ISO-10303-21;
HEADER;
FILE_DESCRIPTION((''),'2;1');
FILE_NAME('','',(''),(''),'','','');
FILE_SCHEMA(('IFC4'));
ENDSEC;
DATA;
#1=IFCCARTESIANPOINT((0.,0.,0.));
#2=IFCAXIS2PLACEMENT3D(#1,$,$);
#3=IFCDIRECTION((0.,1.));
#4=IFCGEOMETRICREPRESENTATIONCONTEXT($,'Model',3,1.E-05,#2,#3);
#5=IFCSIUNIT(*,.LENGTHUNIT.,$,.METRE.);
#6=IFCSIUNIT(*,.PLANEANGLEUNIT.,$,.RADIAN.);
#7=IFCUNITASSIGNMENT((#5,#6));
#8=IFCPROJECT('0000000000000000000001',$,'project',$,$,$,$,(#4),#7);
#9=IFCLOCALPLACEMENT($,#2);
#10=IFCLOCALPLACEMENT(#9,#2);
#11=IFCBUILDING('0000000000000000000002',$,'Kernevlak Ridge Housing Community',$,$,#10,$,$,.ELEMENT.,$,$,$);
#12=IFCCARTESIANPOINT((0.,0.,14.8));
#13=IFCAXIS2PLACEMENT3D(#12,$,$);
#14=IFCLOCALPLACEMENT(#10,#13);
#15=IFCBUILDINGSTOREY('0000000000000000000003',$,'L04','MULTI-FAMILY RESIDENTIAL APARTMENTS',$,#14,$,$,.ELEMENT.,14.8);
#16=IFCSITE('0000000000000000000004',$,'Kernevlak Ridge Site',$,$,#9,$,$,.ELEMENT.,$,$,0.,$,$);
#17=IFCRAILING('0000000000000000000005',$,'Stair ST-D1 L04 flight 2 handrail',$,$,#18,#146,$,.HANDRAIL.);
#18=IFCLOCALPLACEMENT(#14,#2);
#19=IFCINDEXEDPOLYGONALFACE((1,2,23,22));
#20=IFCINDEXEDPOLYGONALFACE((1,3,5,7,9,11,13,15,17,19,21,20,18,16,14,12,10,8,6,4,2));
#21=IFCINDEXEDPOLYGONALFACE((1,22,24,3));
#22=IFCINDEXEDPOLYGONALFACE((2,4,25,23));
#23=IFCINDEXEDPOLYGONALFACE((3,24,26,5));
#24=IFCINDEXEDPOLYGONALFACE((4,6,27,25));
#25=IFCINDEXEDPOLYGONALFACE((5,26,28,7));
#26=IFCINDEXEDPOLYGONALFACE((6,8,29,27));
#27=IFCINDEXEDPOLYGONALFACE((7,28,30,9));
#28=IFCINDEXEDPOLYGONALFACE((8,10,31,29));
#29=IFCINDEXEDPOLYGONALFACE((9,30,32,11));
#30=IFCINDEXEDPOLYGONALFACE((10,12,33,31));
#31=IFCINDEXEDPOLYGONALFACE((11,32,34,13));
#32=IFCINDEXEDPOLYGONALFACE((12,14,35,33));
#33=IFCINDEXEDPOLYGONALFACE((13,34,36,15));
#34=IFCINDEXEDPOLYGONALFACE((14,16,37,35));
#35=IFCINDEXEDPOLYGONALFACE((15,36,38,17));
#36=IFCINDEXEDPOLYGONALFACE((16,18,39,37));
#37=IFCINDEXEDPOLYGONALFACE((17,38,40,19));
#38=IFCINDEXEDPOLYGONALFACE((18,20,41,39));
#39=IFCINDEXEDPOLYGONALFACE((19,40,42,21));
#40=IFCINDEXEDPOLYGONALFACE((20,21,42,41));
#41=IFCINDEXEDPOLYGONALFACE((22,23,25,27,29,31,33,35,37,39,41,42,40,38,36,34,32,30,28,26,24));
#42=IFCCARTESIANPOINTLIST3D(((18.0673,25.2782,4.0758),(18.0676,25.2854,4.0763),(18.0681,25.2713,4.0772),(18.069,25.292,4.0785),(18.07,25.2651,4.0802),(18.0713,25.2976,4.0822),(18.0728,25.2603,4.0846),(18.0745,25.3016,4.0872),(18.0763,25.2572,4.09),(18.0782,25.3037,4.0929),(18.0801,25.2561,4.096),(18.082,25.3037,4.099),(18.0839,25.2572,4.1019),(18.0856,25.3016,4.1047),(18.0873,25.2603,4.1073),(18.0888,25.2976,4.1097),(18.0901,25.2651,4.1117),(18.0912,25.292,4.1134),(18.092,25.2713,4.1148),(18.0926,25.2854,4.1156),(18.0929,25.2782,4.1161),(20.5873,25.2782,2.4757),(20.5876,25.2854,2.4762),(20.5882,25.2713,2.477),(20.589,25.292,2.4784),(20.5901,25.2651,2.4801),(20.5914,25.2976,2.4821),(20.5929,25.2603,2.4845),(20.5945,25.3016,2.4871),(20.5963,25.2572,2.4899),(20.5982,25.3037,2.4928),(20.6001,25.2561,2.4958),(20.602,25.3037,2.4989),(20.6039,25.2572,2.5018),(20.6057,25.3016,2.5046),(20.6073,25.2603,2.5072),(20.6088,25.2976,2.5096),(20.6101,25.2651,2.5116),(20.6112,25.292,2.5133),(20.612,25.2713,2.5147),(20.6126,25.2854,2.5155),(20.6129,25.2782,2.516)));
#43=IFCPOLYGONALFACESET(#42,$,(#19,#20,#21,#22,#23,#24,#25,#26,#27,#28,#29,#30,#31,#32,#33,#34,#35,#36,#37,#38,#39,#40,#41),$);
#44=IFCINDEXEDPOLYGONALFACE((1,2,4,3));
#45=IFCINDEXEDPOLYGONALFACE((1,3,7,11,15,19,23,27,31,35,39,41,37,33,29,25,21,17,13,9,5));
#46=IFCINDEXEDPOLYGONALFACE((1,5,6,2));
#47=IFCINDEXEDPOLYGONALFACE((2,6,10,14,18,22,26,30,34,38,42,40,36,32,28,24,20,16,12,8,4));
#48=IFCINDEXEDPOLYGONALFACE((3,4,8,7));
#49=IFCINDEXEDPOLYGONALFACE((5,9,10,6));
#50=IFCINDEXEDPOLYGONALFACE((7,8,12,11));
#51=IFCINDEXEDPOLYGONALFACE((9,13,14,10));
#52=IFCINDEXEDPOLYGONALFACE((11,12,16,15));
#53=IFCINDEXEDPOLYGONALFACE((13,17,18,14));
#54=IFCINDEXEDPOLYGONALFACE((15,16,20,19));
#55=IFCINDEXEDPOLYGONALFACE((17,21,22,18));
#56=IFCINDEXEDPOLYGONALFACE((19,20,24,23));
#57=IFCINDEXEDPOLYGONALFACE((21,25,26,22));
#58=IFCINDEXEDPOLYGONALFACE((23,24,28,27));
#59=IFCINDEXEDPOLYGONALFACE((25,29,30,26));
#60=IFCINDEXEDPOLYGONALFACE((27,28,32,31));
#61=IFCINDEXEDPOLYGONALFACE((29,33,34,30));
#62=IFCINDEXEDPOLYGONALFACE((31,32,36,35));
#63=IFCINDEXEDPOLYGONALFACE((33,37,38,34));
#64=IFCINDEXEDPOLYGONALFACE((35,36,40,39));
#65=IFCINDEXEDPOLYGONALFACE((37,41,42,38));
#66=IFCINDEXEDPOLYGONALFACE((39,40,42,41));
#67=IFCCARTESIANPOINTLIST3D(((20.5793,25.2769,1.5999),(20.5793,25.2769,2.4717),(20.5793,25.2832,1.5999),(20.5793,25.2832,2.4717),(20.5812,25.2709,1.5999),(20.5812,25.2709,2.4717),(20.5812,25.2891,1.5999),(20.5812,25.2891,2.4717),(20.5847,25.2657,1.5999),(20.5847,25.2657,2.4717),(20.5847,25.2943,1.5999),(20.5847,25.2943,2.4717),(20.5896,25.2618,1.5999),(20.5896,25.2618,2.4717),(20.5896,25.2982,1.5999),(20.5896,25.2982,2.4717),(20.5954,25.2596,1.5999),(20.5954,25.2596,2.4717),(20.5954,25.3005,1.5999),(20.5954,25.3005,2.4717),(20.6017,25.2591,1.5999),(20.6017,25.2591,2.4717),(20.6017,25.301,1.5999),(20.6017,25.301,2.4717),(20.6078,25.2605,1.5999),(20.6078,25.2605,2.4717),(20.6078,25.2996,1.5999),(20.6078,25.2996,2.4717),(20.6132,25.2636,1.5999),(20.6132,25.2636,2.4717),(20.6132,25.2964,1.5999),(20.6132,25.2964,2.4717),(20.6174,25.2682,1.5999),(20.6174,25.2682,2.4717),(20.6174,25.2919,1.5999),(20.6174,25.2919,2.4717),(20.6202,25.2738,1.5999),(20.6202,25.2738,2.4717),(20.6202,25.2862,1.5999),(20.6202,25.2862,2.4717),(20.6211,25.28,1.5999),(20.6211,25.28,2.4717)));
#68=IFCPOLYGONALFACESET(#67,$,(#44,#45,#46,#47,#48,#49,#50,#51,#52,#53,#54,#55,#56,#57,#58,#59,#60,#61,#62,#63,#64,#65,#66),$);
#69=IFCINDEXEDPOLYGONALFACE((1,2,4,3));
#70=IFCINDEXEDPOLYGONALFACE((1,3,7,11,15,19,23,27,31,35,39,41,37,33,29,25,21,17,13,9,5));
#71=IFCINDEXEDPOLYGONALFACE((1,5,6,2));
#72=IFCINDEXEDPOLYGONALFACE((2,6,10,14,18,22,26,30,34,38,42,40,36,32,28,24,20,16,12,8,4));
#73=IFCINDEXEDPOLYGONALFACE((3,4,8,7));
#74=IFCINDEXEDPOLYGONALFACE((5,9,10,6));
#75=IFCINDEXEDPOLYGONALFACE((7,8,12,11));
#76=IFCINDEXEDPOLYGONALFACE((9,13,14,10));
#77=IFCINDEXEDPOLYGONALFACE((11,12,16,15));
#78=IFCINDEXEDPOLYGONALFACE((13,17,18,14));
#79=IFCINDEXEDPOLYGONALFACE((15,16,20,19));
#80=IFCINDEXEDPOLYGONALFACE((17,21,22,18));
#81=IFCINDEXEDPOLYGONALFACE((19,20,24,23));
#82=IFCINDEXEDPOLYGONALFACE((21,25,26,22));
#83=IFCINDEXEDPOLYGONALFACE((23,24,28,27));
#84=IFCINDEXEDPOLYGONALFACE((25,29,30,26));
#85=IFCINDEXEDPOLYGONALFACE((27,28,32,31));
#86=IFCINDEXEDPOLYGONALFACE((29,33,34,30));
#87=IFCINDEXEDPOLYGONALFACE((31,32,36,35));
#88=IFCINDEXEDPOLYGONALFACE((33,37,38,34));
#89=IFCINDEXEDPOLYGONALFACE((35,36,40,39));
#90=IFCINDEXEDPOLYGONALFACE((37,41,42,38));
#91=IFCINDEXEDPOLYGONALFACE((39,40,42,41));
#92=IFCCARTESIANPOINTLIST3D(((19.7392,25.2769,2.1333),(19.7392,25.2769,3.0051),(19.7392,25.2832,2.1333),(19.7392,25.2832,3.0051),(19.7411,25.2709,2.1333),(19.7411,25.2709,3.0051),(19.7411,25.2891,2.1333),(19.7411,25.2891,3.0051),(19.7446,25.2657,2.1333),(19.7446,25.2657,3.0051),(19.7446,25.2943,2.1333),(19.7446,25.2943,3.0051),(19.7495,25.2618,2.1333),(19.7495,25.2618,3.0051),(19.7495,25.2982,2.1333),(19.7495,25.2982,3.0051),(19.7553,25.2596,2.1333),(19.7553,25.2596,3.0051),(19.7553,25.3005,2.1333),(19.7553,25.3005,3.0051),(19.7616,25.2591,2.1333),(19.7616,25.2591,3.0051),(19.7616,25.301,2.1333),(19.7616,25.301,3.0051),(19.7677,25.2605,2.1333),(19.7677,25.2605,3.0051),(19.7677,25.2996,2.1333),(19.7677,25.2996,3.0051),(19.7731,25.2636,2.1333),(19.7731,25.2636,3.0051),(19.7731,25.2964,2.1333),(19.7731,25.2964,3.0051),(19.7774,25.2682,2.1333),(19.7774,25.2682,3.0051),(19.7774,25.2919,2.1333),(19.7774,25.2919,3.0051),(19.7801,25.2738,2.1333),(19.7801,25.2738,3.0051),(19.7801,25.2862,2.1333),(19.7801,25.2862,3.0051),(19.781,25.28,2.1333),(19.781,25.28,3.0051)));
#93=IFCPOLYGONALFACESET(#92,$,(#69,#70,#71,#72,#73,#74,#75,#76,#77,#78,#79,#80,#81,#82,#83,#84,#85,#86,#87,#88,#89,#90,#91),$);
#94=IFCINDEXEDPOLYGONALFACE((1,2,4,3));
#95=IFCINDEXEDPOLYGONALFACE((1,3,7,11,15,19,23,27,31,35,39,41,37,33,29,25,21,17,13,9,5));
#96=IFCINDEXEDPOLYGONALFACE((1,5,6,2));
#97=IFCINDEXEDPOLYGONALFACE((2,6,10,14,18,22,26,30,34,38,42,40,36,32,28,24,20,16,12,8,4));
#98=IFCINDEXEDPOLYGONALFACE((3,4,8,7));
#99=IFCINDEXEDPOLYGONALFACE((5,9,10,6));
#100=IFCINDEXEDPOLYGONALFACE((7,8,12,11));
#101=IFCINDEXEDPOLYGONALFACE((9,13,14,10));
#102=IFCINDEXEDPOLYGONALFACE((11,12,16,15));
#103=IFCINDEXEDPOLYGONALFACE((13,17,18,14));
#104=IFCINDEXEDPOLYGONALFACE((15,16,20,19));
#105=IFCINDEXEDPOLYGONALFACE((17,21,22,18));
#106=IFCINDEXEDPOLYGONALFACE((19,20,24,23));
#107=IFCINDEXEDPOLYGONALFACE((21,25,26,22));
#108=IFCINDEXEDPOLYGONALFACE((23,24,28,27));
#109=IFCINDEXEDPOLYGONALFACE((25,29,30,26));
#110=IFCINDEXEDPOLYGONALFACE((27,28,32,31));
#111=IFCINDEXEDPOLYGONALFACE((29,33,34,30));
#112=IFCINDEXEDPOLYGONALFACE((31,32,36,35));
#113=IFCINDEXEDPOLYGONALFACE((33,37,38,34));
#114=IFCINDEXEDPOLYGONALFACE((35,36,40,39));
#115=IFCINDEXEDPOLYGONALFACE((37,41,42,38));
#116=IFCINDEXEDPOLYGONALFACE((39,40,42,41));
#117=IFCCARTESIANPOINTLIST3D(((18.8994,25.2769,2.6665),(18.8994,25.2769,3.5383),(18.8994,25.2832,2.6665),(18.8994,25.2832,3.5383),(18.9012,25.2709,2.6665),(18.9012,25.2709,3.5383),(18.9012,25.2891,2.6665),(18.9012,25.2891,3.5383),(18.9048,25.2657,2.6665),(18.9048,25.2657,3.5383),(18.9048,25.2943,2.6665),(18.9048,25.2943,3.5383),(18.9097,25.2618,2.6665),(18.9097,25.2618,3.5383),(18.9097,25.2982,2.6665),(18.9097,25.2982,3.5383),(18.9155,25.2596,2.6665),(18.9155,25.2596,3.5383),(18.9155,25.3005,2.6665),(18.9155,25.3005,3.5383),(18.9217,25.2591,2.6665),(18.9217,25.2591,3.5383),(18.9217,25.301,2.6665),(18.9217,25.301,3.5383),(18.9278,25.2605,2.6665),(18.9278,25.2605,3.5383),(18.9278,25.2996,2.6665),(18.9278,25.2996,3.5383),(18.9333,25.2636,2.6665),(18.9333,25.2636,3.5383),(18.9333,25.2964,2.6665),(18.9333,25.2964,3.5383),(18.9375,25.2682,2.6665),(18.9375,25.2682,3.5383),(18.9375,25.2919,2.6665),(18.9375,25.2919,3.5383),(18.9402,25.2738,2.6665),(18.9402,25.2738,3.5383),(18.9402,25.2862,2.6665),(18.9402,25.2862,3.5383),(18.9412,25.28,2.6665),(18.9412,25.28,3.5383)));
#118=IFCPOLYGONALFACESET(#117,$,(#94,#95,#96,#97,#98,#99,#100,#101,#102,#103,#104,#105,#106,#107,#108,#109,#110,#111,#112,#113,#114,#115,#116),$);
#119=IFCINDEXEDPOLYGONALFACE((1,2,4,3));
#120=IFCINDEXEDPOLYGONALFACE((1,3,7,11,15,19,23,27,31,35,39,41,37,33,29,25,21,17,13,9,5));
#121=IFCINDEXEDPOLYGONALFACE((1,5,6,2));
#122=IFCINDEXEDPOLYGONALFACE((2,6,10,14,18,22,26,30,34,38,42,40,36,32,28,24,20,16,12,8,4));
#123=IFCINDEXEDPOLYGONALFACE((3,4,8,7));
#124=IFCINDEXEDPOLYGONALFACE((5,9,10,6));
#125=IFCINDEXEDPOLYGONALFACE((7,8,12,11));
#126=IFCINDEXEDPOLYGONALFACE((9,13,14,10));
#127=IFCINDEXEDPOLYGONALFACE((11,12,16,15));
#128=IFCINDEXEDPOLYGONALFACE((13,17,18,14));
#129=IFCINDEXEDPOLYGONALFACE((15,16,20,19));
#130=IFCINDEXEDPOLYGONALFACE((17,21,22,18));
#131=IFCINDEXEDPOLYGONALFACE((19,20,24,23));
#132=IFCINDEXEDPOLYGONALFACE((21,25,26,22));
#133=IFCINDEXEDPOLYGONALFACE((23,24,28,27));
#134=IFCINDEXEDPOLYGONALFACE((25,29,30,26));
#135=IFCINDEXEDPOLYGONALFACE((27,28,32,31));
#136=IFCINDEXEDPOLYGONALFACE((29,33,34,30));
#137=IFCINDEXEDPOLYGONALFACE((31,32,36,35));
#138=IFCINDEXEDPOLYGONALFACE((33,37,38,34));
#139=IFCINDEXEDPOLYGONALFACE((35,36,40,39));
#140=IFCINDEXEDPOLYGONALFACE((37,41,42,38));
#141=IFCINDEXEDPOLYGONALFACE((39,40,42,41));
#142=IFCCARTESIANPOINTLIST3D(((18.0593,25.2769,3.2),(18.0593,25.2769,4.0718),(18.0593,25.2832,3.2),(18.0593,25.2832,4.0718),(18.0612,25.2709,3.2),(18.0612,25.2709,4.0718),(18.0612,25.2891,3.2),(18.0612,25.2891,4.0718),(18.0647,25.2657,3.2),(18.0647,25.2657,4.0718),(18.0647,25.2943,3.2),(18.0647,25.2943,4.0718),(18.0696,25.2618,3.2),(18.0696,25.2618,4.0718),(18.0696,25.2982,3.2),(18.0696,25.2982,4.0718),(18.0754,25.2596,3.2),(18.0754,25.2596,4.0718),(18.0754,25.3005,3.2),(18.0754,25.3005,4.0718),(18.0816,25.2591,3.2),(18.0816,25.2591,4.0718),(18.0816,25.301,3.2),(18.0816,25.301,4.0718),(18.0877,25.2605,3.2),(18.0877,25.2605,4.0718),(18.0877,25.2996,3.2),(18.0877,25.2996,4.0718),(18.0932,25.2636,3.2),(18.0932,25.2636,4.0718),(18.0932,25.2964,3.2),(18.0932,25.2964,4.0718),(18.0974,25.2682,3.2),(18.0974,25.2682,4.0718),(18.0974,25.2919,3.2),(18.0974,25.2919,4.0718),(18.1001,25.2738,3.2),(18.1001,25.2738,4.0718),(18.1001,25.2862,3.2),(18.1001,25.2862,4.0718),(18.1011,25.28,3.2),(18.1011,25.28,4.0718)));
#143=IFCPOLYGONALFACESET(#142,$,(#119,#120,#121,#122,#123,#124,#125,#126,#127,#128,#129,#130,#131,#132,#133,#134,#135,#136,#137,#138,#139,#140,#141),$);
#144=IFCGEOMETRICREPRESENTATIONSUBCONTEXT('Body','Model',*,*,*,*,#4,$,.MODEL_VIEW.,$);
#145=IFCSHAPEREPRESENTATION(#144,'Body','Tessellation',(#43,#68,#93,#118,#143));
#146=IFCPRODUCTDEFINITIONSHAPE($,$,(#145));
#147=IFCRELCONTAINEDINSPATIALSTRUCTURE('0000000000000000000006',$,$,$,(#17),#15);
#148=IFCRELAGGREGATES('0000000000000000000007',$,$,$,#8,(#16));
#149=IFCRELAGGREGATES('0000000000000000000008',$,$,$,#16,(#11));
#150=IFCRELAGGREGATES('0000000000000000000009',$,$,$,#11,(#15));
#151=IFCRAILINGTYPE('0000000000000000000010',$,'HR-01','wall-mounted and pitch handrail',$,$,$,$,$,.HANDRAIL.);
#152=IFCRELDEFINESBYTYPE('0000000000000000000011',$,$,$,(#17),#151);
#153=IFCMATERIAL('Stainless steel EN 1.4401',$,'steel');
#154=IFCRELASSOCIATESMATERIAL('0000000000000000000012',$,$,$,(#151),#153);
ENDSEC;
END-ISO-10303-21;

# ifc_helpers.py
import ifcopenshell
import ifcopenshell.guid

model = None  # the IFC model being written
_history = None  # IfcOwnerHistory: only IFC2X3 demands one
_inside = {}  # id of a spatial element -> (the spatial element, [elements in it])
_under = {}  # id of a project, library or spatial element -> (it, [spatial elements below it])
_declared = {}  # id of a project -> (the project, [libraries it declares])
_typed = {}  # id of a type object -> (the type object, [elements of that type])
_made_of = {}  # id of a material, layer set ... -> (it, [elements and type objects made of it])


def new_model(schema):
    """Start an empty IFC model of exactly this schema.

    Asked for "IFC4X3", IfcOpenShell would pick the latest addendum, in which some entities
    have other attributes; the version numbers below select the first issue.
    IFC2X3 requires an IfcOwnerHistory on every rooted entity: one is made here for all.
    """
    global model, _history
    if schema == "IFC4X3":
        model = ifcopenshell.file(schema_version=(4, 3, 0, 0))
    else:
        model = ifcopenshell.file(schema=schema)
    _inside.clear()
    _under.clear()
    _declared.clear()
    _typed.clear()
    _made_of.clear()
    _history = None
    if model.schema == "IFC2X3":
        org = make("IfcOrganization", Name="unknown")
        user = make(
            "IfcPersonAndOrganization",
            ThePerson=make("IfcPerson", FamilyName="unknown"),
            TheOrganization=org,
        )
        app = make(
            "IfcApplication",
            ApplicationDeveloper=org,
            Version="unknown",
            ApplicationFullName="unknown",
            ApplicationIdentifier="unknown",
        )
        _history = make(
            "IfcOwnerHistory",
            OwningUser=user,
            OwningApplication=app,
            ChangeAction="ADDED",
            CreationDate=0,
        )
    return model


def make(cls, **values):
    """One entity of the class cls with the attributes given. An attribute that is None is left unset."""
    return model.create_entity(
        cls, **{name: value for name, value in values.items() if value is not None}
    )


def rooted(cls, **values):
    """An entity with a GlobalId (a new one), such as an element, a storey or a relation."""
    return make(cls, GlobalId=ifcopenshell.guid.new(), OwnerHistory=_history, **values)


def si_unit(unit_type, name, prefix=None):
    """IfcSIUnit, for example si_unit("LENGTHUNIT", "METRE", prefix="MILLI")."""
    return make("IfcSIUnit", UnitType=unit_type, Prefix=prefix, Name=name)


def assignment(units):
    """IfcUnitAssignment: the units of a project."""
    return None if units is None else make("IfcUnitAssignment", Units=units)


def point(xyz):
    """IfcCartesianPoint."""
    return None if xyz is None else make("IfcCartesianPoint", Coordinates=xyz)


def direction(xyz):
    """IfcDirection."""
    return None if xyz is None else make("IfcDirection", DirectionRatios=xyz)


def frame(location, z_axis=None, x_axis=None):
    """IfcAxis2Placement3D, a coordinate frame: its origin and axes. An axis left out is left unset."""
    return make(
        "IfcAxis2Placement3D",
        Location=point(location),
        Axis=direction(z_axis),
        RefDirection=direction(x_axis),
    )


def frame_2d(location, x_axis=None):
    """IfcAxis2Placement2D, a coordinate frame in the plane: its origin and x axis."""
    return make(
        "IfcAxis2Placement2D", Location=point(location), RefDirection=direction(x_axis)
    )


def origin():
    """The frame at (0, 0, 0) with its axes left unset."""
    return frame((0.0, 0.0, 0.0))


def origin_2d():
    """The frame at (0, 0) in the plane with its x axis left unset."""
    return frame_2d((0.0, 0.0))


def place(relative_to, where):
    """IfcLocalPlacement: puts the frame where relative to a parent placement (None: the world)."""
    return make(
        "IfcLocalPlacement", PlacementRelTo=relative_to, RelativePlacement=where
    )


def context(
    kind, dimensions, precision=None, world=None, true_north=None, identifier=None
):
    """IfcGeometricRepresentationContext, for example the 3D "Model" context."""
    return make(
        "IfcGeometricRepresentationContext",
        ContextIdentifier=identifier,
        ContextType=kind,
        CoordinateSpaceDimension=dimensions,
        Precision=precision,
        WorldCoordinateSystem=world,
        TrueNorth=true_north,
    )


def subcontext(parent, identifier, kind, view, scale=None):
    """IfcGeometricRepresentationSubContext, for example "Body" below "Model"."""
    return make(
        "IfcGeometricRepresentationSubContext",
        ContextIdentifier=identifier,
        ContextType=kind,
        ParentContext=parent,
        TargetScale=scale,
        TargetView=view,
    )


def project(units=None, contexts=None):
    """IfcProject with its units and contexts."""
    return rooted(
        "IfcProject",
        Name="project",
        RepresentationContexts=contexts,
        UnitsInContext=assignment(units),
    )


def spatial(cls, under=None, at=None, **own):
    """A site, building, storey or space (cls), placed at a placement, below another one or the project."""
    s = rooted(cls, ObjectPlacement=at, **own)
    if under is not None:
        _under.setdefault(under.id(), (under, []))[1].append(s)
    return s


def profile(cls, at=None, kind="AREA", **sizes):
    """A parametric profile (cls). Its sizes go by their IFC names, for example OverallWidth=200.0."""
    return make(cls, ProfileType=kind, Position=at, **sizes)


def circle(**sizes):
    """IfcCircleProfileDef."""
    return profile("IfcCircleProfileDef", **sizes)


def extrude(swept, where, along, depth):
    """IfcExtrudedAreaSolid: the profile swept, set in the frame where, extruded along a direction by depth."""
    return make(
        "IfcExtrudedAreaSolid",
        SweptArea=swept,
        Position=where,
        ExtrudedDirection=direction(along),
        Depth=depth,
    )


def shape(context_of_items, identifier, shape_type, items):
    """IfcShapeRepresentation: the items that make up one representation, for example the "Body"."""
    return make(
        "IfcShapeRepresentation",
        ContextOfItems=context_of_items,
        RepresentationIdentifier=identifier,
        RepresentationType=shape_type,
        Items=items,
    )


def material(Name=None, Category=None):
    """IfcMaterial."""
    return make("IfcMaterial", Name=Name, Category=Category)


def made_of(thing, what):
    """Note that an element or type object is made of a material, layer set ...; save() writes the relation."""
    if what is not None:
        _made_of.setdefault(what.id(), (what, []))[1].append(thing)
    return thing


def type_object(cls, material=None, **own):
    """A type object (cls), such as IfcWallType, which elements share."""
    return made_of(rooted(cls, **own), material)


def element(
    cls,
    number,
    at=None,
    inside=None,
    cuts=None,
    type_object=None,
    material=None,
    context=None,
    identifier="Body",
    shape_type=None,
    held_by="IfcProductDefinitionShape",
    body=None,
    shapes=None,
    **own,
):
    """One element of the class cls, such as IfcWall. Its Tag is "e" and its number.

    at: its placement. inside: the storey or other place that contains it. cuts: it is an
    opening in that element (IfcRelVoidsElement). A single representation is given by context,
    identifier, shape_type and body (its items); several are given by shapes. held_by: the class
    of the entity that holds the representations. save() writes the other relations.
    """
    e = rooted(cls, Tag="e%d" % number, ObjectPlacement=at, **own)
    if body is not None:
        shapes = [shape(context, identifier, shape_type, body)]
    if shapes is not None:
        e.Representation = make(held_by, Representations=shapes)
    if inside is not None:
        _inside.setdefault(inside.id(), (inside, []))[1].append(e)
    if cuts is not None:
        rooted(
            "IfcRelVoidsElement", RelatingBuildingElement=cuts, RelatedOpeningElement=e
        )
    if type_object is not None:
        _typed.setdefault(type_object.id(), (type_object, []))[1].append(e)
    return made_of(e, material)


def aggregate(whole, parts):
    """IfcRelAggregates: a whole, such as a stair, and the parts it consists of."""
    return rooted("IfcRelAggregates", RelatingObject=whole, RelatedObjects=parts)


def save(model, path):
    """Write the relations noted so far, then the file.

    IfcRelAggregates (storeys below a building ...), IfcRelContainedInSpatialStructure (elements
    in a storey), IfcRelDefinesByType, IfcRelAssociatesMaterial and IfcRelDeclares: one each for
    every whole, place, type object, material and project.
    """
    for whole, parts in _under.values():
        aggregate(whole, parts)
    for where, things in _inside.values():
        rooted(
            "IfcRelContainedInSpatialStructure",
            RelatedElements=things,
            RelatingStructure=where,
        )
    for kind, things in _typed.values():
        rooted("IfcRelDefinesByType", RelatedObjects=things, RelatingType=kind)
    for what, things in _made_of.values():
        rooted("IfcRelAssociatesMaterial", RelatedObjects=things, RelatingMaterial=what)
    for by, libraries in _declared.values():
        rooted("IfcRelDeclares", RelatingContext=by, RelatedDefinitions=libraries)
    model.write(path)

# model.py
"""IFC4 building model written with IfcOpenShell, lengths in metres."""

from ifc_helpers import new_model, si_unit, direction, frame, origin, origin_2d, place, context, subcontext, project, spatial, circle, extrude, material, type_object, element, save


model = new_model("IFC4")

# Units and contexts
model_context = context("Model", 3, precision=1e-05, world=origin(), true_north=direction((0.0, 1.0)))
body_context = subcontext(model_context, "Body", "Model", "MODEL_VIEW")
ifc_project = project(units=[si_unit("LENGTHUNIT", "METRE"), si_unit("PLANEANGLEUNIT", "RADIAN")], contexts=[model_context])

# Site, building, storey
site_placement = place(None, origin())
site = spatial("IfcSite", under=ifc_project, at=site_placement, Name="Kernevlak Ridge Site", CompositionType="ELEMENT", RefElevation=0.0)
building_placement = place(site_placement, origin())
building = spatial("IfcBuilding", under=site, at=building_placement, Name="Kernevlak Ridge Housing Community", CompositionType="ELEMENT")
storey_placement = place(building_placement, frame((0.0, 0.0, 14.8)))
storey = spatial("IfcBuildingStorey", under=building, at=storey_placement, Name="L04", Description="MULTI-FAMILY RESIDENTIAL APARTMENTS", CompositionType="ELEMENT", Elevation=14.8)

# Shared definitions
ifc_material_1 = material(Name="Stainless steel EN 1.4401", Category="steel")

# Railing
railing_type_1 = type_object("IfcRailingType", Name="HR-01", Description="wall-mounted and pitch handrail", PredefinedType="HANDRAIL", material=ifc_material_1)
railing_1_placement = place(storey_placement, frame((20.6001, 25.28, 1.5999)))
element("IfcRailing", 1, at=railing_1_placement, inside=storey, type_object=railing_type_1, Name="Stair ST-D1 L04 flight 2 handrail", PredefinedType="HANDRAIL", context=body_context, shape_type="SweptSolid", body=[
    extrude(circle(Radius=0.0239, at=origin_2d()), frame((0.0, 0.0, 0.896), z_axis=(-0.8442, 0.0, 0.536028), x_axis=(0.0, -1.0, 0.0)), (0.0, 0.0, 1.0), 2.9851),
    extrude(circle(Radius=0.021, at=origin_2d()), origin(), (0.0, 0.0, 1.0), 0.8718),
    extrude(circle(Radius=0.021, at=origin_2d()), frame((-0.8401, 0.0, 0.5334)), (0.0, 0.0, 1.0), 0.8718),
    extrude(circle(Radius=0.021, at=origin_2d()), frame((-1.6799, 0.0, 1.0667)), (0.0, 0.0, 1.0), 0.8718),
    extrude(circle(Radius=0.021, at=origin_2d()), frame((-2.52, 0.0, 1.6001)), (0.0, 0.0, 1.0), 0.8718),
])

save(model, "model.ifc")
